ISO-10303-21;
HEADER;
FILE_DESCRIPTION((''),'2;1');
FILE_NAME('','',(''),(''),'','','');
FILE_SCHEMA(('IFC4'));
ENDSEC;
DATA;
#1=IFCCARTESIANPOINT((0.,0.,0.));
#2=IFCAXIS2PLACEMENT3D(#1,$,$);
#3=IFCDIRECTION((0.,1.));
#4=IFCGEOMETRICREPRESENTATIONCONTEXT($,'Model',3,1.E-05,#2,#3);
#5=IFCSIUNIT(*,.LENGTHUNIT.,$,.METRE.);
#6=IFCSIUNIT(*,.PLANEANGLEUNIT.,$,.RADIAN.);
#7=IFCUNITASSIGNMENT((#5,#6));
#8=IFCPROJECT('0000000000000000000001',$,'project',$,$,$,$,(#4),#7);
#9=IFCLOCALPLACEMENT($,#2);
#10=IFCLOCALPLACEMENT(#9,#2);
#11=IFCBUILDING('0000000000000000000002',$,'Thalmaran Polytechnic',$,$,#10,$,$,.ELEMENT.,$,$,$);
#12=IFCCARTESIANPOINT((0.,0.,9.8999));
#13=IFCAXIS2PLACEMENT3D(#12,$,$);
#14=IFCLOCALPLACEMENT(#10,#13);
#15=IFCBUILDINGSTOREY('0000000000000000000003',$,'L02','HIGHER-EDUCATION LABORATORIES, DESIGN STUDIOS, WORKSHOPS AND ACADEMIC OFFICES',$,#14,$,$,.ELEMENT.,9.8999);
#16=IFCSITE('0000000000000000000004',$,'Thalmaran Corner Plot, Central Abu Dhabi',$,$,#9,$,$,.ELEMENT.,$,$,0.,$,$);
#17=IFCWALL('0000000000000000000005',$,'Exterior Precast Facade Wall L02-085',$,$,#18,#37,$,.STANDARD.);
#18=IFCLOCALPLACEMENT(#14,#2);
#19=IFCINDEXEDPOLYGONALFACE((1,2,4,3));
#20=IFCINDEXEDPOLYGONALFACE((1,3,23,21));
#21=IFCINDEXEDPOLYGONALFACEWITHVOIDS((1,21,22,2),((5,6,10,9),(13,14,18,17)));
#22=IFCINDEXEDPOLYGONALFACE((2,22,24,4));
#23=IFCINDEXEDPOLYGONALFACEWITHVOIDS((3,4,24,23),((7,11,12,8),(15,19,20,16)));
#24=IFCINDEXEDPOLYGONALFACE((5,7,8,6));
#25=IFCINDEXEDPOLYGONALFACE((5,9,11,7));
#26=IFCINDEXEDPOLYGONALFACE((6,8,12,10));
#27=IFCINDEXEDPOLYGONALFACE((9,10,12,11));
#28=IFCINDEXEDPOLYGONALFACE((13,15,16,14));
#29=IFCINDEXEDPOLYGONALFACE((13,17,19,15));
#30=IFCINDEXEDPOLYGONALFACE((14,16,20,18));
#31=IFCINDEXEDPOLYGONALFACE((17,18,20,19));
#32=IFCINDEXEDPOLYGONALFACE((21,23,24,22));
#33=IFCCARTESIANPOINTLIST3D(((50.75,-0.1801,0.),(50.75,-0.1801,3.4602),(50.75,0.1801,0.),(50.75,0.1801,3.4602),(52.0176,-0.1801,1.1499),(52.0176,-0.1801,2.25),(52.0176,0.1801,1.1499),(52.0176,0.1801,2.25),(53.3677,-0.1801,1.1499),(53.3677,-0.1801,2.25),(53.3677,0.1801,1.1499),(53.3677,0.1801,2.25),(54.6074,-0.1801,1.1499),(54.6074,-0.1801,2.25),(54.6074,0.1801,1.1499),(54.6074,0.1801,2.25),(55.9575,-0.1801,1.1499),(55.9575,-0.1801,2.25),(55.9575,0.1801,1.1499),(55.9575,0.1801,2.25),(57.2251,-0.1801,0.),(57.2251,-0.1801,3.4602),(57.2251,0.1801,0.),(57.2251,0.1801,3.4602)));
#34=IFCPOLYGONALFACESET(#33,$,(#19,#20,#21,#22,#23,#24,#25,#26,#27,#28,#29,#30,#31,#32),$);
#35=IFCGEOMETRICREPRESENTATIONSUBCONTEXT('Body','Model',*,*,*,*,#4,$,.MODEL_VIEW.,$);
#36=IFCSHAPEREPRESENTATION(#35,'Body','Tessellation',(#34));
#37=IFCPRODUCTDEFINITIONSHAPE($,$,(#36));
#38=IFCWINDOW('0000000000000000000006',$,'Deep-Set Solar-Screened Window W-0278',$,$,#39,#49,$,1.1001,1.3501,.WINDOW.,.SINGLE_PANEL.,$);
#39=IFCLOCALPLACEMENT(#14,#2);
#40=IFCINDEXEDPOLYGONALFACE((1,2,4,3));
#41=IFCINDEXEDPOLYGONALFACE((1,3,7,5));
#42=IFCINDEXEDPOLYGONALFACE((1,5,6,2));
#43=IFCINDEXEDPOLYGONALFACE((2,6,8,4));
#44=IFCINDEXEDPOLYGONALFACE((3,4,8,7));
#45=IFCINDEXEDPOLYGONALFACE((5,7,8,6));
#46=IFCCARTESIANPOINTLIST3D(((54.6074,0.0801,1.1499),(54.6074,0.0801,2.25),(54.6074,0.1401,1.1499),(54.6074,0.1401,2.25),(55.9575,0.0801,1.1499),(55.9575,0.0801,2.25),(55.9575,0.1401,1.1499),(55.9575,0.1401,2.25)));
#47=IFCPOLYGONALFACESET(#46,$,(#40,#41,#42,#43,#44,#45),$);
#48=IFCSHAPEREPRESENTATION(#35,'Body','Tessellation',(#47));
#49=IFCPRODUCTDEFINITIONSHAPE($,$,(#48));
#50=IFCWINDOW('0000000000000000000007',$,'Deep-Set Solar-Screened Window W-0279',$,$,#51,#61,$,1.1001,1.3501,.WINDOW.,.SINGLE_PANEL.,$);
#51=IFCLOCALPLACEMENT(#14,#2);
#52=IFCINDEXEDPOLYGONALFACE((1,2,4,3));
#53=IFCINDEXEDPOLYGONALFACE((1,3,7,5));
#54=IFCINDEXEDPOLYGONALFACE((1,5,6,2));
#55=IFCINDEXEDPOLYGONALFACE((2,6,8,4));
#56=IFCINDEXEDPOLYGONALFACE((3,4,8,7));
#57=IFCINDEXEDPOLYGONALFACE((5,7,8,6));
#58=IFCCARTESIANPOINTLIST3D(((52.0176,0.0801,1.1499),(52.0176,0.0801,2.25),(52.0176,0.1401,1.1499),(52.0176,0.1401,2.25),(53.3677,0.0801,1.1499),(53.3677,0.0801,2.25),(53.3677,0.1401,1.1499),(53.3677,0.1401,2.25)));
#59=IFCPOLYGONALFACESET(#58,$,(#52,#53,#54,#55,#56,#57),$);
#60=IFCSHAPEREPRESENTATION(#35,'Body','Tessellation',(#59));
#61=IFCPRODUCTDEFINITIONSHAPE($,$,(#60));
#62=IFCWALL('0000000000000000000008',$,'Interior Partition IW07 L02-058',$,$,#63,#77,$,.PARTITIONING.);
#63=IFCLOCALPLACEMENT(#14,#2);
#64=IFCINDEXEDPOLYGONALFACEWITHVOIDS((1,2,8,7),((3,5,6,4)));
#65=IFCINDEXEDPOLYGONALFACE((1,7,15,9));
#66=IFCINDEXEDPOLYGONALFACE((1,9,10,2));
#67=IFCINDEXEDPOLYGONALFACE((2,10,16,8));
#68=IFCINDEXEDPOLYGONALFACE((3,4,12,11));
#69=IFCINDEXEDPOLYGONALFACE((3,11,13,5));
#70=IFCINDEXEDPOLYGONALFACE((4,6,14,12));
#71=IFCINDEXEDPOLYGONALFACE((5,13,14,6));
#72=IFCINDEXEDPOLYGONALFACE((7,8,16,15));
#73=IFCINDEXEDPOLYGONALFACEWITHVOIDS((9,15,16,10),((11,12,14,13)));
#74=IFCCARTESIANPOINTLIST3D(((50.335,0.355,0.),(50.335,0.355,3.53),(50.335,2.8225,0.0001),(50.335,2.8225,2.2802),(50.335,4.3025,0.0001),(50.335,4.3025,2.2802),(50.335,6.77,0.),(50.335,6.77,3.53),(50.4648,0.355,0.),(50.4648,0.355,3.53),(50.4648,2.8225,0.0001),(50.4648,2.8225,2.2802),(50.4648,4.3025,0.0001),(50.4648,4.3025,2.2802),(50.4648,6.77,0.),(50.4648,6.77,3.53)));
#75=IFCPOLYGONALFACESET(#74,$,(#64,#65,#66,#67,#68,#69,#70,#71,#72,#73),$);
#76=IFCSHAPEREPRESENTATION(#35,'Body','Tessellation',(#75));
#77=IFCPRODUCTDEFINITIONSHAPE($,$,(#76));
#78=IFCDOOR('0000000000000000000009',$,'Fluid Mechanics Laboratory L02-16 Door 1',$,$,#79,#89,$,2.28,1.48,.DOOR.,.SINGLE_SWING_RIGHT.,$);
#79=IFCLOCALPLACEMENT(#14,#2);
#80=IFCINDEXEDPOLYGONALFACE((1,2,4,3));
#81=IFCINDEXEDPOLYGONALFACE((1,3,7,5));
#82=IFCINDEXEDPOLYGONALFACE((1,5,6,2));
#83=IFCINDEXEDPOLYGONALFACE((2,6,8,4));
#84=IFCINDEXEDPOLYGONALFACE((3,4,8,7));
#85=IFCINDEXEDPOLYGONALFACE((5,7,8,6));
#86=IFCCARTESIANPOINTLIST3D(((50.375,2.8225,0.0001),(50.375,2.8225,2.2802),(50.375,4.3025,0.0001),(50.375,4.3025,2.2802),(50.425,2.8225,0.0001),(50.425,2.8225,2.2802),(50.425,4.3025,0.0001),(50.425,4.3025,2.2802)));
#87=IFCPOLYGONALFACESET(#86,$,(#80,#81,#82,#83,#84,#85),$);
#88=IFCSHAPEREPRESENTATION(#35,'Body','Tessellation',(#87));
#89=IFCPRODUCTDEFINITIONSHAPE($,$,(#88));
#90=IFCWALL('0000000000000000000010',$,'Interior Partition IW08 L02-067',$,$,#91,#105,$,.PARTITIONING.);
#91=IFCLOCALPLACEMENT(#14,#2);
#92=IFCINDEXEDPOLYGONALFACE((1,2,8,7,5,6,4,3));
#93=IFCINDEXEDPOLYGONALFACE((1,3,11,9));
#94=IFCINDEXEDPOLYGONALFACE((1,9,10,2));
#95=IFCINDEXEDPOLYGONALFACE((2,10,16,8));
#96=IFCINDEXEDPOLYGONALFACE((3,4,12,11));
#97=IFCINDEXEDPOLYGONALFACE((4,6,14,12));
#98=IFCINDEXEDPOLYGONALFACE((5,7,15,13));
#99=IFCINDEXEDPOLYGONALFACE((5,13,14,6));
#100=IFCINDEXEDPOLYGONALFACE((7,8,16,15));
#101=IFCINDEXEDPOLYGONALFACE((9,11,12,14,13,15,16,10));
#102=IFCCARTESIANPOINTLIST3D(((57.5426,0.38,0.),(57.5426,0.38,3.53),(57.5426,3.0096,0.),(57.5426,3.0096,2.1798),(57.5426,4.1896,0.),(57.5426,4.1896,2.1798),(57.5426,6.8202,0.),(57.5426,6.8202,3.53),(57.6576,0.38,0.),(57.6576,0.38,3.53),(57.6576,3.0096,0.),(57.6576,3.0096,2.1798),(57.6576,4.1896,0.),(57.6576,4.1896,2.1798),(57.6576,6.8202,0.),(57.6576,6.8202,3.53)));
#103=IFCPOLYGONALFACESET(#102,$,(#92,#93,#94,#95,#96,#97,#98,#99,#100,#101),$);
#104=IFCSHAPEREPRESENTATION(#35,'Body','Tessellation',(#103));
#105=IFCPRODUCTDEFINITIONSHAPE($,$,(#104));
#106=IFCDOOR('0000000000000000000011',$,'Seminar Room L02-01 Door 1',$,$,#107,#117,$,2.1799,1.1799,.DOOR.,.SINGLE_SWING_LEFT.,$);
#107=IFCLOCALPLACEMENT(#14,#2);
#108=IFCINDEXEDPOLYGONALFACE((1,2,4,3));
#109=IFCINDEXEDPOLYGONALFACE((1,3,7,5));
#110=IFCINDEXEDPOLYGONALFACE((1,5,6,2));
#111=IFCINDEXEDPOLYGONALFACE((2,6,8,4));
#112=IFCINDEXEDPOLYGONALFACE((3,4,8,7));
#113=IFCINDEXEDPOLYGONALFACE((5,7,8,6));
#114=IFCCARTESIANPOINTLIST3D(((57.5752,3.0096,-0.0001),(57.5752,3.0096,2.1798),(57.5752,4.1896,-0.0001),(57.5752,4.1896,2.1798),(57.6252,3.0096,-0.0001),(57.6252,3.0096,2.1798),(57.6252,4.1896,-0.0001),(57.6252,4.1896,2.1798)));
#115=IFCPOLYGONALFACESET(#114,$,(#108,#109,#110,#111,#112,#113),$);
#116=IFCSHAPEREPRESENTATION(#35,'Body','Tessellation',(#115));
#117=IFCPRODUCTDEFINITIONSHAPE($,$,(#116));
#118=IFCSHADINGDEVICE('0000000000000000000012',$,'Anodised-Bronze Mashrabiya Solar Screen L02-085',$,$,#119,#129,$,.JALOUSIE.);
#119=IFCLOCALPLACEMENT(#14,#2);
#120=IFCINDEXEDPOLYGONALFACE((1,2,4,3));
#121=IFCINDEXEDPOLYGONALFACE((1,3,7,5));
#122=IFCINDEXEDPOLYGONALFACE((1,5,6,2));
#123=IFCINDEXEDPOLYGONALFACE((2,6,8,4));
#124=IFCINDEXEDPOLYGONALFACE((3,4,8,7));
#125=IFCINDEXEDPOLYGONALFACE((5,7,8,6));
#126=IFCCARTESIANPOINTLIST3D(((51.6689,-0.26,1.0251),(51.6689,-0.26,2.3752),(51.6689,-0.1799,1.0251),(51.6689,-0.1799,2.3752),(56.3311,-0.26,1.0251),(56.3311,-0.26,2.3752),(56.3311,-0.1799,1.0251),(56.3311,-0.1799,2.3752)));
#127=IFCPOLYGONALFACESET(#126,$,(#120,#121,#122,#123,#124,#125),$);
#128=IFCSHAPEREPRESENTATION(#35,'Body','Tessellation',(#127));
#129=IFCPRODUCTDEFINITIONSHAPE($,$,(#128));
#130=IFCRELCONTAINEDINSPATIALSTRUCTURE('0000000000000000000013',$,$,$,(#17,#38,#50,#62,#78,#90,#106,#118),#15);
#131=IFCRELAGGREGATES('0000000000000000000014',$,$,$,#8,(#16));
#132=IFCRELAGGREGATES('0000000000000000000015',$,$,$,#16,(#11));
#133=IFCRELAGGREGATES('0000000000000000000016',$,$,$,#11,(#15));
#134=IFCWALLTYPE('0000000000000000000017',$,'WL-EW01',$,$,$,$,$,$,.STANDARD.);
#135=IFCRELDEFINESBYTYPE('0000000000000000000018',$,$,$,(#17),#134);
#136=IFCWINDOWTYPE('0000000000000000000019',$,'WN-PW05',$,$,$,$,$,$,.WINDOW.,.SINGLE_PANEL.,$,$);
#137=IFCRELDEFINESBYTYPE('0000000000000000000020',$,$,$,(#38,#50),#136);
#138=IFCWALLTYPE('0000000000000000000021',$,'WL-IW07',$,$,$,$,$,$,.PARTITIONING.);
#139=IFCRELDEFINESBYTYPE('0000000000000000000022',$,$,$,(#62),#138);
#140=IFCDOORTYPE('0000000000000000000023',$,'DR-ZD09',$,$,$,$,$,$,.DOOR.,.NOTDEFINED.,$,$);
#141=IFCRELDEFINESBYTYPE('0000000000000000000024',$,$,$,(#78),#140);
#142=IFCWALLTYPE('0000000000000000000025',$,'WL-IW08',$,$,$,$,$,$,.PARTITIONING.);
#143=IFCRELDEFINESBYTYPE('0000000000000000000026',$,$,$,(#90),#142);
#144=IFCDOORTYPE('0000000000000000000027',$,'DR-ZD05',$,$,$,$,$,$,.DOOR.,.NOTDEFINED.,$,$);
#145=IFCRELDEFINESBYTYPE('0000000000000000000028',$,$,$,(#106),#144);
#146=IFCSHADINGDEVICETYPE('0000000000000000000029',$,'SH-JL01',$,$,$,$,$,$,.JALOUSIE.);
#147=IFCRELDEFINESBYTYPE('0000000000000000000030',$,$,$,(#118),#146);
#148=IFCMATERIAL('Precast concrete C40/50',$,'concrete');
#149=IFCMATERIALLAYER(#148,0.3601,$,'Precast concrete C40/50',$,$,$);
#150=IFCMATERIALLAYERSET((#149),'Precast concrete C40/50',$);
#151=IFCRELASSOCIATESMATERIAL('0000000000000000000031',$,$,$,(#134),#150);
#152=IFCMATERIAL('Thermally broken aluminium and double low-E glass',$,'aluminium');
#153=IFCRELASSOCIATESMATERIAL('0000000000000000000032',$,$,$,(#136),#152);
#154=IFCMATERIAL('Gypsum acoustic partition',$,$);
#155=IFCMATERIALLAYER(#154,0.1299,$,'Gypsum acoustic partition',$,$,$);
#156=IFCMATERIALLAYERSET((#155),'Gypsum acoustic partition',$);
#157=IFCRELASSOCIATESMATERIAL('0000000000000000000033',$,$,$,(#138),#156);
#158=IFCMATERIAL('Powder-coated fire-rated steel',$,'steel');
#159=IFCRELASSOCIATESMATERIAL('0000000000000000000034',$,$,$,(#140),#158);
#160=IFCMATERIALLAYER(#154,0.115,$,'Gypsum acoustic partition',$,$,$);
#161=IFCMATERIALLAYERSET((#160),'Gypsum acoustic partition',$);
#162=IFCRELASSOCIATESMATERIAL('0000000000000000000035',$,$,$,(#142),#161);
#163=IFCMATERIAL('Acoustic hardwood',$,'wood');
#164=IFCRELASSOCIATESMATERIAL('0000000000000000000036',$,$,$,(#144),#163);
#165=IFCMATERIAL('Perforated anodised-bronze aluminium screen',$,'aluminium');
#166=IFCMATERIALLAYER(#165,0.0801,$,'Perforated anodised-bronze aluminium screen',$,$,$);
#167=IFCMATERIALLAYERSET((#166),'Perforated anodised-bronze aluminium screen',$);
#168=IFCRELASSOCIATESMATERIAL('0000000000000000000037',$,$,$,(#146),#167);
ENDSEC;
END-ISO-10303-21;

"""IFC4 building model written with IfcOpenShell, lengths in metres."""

from ifc_helpers import new_model, si_unit, direction, frame, frame_2d, origin, origin_2d, place, context, subcontext, project, spatial, rectangle, extrude, material, layer, layer_set, type_object, element, fill, save


model = new_model("IFC4")

# Units and contexts
model_context = context("Model", 3, precision=1e-05, world=origin(), true_north=direction((0.0, 1.0)))
body_context = subcontext(model_context, "Body", "Model", "MODEL_VIEW")
ifc_project = project(units=[si_unit("LENGTHUNIT", "METRE"), si_unit("PLANEANGLEUNIT", "RADIAN")], contexts=[model_context])

# Site, building, storey
site_placement = place(None, origin())
site = spatial("IfcSite", under=ifc_project, at=site_placement, Name="Thalmaran Corner Plot, Central Abu Dhabi", CompositionType="ELEMENT", RefElevation=0.0)
building_placement = place(site_placement, origin())
building = spatial("IfcBuilding", under=site, at=building_placement, Name="Thalmaran Polytechnic", CompositionType="ELEMENT")
storey_placement = place(building_placement, frame((0.0, 0.0, 9.8999)))
storey = spatial("IfcBuildingStorey", under=building, at=storey_placement, Name="L02", Description="HIGHER-EDUCATION LABORATORIES, DESIGN STUDIOS, WORKSHOPS AND ACADEMIC OFFICES", CompositionType="ELEMENT", Elevation=9.8999)

# Wall, openings, windows
ifc_material_1 = material(Name="Precast concrete C40/50", Category="concrete")
ifc_layer_1 = layer(ifc_material_1, 0.3601, Name="Precast concrete C40/50")
ifc_layer_set_1 = layer_set([ifc_layer_1], Name="Precast concrete C40/50")
wall_type_1 = type_object("IfcWallType", Name="WL-EW01", PredefinedType="STANDARD", material=ifc_layer_set_1)
wall_1_placement = place(storey_placement, frame((57.2251, 0.0, 0.0), z_axis=(0.0, 0.0, 1.0), x_axis=(-1.0, 0.0, 0.0)))
wall_1 = element("IfcWall", 1, at=wall_1_placement, inside=storey, type_object=wall_type_1, Name="Exterior Precast Facade Wall L02-085", PredefinedType="STANDARD", context=body_context, shape_type="SweptSolid", body=[
    extrude(rectangle(XDim=6.4751, YDim=0.3601, at=frame_2d((3.2375, 0.0))), origin(), (0.0, 0.0, 1.0), 3.4602),
])
opening_1_placement = place(wall_1_placement, frame((1.2676, 0.0, 1.1499)))
opening_1 = element("IfcOpeningElement", 2, at=opening_1_placement, cuts=wall_1, PredefinedType="OPENING", context=body_context, shape_type="SweptSolid", body=[
    extrude(rectangle(XDim=1.3501, YDim=1.1001, at=frame_2d((0.675, 0.55))), frame((0.0, 0.1899, 0.0), z_axis=(0.0, -1.0, 0.0), x_axis=(1.0, 0.0, 0.0)), (0.0, 0.0, 1.0), 0.3801),
])
opening_2_placement = place(wall_1_placement, frame((3.8574, 0.0, 1.1499)))
opening_2 = element("IfcOpeningElement", 3, at=opening_2_placement, cuts=wall_1, PredefinedType="OPENING", context=body_context, shape_type="SweptSolid", body=[
    extrude(rectangle(XDim=1.3501, YDim=1.1001, at=frame_2d((0.675, 0.55))), frame((0.0, 0.1899, 0.0), z_axis=(0.0, -1.0, 0.0), x_axis=(1.0, 0.0, 0.0)), (0.0, 0.0, 1.0), 0.3801),
])
ifc_material_2 = material(Name="Thermally broken aluminium and double low-E glass", Category="aluminium")
window_type = type_object("IfcWindowType", Name="WN-PW05", PartitioningType="SINGLE_PANEL", PredefinedType="WINDOW", material=ifc_material_2)
window_1_placement = place(opening_1_placement, origin())
window_1 = element("IfcWindow", 4, at=window_1_placement, inside=storey, type_object=window_type, Name="Deep-Set Solar-Screened Window W-0278", OverallHeight=1.1001, OverallWidth=1.3501, PartitioningType="SINGLE_PANEL", PredefinedType="WINDOW", context=body_context, shape_type="SweptSolid", body=[
    extrude(rectangle(XDim=1.3501, YDim=1.1001, at=frame_2d((0.675, 0.55))), frame((0.0, -0.0801, 0.0), z_axis=(0.0, -1.0, 0.0), x_axis=(1.0, 0.0, 0.0)), (0.0, 0.0, 1.0), 0.0601),
])
fill(opening_1, window_1)
window_2_placement = place(opening_2_placement, origin())
window_2 = element("IfcWindow", 5, at=window_2_placement, inside=storey, type_object=window_type, Name="Deep-Set Solar-Screened Window W-0279", OverallHeight=1.1001, OverallWidth=1.3501, PartitioningType="SINGLE_PANEL", PredefinedType="WINDOW", context=body_context, shape_type="SweptSolid", body=[
    extrude(rectangle(XDim=1.3501, YDim=1.1001, at=frame_2d((0.675, 0.55))), frame((0.0, -0.0801, 0.0), z_axis=(0.0, -1.0, 0.0), x_axis=(1.0, 0.0, 0.0)), (0.0, 0.0, 1.0), 0.0601),
])
fill(opening_2, window_2)

# Walls, openings, doors
ifc_material_3 = material(Name="Gypsum acoustic partition")
ifc_layer_2 = layer(ifc_material_3, 0.1299, Name="Gypsum acoustic partition")
ifc_layer_set_2 = layer_set([ifc_layer_2], Name="Gypsum acoustic partition")
wall_type_2 = type_object("IfcWallType", Name="WL-IW07", PredefinedType="PARTITIONING", material=ifc_layer_set_2)
wall_2_placement = place(storey_placement, frame((50.3999, 0.355, 0.0), z_axis=(0.0, 0.0, 1.0), x_axis=(0.0, 1.0, 0.0)))
wall_2 = element("IfcWall", 6, at=wall_2_placement, inside=storey, type_object=wall_type_2, Name="Interior Partition IW07 L02-058", PredefinedType="PARTITIONING", context=body_context, shape_type="SweptSolid", body=[
    extrude(rectangle(XDim=6.415, YDim=0.1299, at=frame_2d((3.2075, 0.0))), origin(), (0.0, 0.0, 1.0), 3.53),
])
opening_3_placement = place(wall_2_placement, frame((2.4675, 0.0, 0.0)))
opening_3 = element("IfcOpeningElement", 7, at=opening_3_placement, cuts=wall_2, PredefinedType="OPENING", context=body_context, shape_type="SweptSolid", body=[
    extrude(rectangle(XDim=1.48, YDim=2.28, at=frame_2d((0.74, 1.1401))), frame((0.0, 0.075, 0.0), z_axis=(0.0, -1.0, 0.0), x_axis=(1.0, 0.0, 0.0)), (0.0, 0.0, 1.0), 0.1499),
])
ifc_material_4 = material(Name="Powder-coated fire-rated steel", Category="steel")
door_type_1 = type_object("IfcDoorType", Name="DR-ZD09", OperationType="NOTDEFINED", PredefinedType="DOOR", material=ifc_material_4)
door_1_placement = place(opening_3_placement, origin())
door_1 = element("IfcDoor", 8, at=door_1_placement, inside=storey, type_object=door_type_1, Name="Fluid Mechanics Laboratory L02-16 Door 1", OperationType="SINGLE_SWING_RIGHT", OverallHeight=2.28, OverallWidth=1.48, PredefinedType="DOOR", context=body_context, shape_type="SweptSolid", body=[
    extrude(rectangle(XDim=1.48, YDim=2.28, at=frame_2d((0.74, 1.1401))), frame((0.0, 0.0249, 0.0), z_axis=(0.0, -1.0, 0.0), x_axis=(1.0, 0.0, 0.0)), (0.0, 0.0, 1.0), 0.05),
])
fill(opening_3, door_1)
ifc_layer_3 = layer(ifc_material_3, 0.115, Name="Gypsum acoustic partition")
ifc_layer_set_3 = layer_set([ifc_layer_3], Name="Gypsum acoustic partition")
wall_type_3 = type_object("IfcWallType", Name="WL-IW08", PredefinedType="PARTITIONING", material=ifc_layer_set_3)
wall_3_placement = place(storey_placement, frame((57.6001, 0.3799, 0.0), z_axis=(0.0, 0.0, 1.0), x_axis=(0.0, 1.0, 0.0)))
wall_3 = element("IfcWall", 9, at=wall_3_placement, inside=storey, type_object=wall_type_3, Name="Interior Partition IW08 L02-067", PredefinedType="PARTITIONING", context=body_context, shape_type="SweptSolid", body=[
    extrude(rectangle(XDim=6.4402, YDim=0.115, at=frame_2d((3.2202, 0.0))), origin(), (0.0, 0.0, 1.0), 3.53),
])
opening_4_placement = place(wall_3_placement, frame((2.6299, 0.0, 0.0)))
opening_4 = element("IfcOpeningElement", 10, at=opening_4_placement, cuts=wall_3, PredefinedType="OPENING", context=body_context, shape_type="SweptSolid", body=[
    extrude(rectangle(XDim=1.1799, YDim=2.1799, at=frame_2d((0.5898, 1.0898))), frame((0.0, 0.0674, 0.0), z_axis=(0.0, -1.0, 0.0), x_axis=(1.0, 0.0, 0.0)), (0.0, 0.0, 1.0), 0.135),
])
ifc_material_5 = material(Name="Acoustic hardwood", Category="wood")
door_type_2 = type_object("IfcDoorType", Name="DR-ZD05", OperationType="NOTDEFINED", PredefinedType="DOOR", material=ifc_material_5)
door_2_placement = place(opening_4_placement, origin())
door_2 = element("IfcDoor", 11, at=door_2_placement, inside=storey, type_object=door_type_2, Name="Seminar Room L02-01 Door 1", OperationType="SINGLE_SWING_LEFT", OverallHeight=2.1799, OverallWidth=1.1799, PredefinedType="DOOR", context=body_context, shape_type="SweptSolid", body=[
    extrude(rectangle(XDim=1.1799, YDim=2.1799, at=frame_2d((0.5898, 1.0898))), frame((0.0, 0.0249, 0.0), z_axis=(0.0, -1.0, 0.0), x_axis=(1.0, 0.0, 0.0)), (0.0, 0.0, 1.0), 0.05),
])
fill(opening_4, door_2)

# Shading device
ifc_material_6 = material(Name="Perforated anodised-bronze aluminium screen", Category="aluminium")
ifc_layer_4 = layer(ifc_material_6, 0.0801, Name="Perforated anodised-bronze aluminium screen")
ifc_layer_set_4 = layer_set([ifc_layer_4], Name="Perforated anodised-bronze aluminium screen")
shading_device_type = type_object("IfcShadingDeviceType", Name="SH-JL01", PredefinedType="JALOUSIE", material=ifc_layer_set_4)
shading_device_placement = place(storey_placement, frame((54.0, -0.22, 1.0251), z_axis=(0.0, 0.0, 1.0), x_axis=(-1.0, 0.0, 0.0)))
element("IfcShadingDevice", 12, at=shading_device_placement, inside=storey, type_object=shading_device_type, Name="Anodised-Bronze Mashrabiya Solar Screen L02-085", PredefinedType="JALOUSIE", context=body_context, shape_type="SweptSolid", body=[
    extrude(rectangle(XDim=4.6621, YDim=0.0801, at=origin_2d()), origin(), (0.0, 0.0, 1.0), 1.3501),
])

save(model, "model.ifc")
